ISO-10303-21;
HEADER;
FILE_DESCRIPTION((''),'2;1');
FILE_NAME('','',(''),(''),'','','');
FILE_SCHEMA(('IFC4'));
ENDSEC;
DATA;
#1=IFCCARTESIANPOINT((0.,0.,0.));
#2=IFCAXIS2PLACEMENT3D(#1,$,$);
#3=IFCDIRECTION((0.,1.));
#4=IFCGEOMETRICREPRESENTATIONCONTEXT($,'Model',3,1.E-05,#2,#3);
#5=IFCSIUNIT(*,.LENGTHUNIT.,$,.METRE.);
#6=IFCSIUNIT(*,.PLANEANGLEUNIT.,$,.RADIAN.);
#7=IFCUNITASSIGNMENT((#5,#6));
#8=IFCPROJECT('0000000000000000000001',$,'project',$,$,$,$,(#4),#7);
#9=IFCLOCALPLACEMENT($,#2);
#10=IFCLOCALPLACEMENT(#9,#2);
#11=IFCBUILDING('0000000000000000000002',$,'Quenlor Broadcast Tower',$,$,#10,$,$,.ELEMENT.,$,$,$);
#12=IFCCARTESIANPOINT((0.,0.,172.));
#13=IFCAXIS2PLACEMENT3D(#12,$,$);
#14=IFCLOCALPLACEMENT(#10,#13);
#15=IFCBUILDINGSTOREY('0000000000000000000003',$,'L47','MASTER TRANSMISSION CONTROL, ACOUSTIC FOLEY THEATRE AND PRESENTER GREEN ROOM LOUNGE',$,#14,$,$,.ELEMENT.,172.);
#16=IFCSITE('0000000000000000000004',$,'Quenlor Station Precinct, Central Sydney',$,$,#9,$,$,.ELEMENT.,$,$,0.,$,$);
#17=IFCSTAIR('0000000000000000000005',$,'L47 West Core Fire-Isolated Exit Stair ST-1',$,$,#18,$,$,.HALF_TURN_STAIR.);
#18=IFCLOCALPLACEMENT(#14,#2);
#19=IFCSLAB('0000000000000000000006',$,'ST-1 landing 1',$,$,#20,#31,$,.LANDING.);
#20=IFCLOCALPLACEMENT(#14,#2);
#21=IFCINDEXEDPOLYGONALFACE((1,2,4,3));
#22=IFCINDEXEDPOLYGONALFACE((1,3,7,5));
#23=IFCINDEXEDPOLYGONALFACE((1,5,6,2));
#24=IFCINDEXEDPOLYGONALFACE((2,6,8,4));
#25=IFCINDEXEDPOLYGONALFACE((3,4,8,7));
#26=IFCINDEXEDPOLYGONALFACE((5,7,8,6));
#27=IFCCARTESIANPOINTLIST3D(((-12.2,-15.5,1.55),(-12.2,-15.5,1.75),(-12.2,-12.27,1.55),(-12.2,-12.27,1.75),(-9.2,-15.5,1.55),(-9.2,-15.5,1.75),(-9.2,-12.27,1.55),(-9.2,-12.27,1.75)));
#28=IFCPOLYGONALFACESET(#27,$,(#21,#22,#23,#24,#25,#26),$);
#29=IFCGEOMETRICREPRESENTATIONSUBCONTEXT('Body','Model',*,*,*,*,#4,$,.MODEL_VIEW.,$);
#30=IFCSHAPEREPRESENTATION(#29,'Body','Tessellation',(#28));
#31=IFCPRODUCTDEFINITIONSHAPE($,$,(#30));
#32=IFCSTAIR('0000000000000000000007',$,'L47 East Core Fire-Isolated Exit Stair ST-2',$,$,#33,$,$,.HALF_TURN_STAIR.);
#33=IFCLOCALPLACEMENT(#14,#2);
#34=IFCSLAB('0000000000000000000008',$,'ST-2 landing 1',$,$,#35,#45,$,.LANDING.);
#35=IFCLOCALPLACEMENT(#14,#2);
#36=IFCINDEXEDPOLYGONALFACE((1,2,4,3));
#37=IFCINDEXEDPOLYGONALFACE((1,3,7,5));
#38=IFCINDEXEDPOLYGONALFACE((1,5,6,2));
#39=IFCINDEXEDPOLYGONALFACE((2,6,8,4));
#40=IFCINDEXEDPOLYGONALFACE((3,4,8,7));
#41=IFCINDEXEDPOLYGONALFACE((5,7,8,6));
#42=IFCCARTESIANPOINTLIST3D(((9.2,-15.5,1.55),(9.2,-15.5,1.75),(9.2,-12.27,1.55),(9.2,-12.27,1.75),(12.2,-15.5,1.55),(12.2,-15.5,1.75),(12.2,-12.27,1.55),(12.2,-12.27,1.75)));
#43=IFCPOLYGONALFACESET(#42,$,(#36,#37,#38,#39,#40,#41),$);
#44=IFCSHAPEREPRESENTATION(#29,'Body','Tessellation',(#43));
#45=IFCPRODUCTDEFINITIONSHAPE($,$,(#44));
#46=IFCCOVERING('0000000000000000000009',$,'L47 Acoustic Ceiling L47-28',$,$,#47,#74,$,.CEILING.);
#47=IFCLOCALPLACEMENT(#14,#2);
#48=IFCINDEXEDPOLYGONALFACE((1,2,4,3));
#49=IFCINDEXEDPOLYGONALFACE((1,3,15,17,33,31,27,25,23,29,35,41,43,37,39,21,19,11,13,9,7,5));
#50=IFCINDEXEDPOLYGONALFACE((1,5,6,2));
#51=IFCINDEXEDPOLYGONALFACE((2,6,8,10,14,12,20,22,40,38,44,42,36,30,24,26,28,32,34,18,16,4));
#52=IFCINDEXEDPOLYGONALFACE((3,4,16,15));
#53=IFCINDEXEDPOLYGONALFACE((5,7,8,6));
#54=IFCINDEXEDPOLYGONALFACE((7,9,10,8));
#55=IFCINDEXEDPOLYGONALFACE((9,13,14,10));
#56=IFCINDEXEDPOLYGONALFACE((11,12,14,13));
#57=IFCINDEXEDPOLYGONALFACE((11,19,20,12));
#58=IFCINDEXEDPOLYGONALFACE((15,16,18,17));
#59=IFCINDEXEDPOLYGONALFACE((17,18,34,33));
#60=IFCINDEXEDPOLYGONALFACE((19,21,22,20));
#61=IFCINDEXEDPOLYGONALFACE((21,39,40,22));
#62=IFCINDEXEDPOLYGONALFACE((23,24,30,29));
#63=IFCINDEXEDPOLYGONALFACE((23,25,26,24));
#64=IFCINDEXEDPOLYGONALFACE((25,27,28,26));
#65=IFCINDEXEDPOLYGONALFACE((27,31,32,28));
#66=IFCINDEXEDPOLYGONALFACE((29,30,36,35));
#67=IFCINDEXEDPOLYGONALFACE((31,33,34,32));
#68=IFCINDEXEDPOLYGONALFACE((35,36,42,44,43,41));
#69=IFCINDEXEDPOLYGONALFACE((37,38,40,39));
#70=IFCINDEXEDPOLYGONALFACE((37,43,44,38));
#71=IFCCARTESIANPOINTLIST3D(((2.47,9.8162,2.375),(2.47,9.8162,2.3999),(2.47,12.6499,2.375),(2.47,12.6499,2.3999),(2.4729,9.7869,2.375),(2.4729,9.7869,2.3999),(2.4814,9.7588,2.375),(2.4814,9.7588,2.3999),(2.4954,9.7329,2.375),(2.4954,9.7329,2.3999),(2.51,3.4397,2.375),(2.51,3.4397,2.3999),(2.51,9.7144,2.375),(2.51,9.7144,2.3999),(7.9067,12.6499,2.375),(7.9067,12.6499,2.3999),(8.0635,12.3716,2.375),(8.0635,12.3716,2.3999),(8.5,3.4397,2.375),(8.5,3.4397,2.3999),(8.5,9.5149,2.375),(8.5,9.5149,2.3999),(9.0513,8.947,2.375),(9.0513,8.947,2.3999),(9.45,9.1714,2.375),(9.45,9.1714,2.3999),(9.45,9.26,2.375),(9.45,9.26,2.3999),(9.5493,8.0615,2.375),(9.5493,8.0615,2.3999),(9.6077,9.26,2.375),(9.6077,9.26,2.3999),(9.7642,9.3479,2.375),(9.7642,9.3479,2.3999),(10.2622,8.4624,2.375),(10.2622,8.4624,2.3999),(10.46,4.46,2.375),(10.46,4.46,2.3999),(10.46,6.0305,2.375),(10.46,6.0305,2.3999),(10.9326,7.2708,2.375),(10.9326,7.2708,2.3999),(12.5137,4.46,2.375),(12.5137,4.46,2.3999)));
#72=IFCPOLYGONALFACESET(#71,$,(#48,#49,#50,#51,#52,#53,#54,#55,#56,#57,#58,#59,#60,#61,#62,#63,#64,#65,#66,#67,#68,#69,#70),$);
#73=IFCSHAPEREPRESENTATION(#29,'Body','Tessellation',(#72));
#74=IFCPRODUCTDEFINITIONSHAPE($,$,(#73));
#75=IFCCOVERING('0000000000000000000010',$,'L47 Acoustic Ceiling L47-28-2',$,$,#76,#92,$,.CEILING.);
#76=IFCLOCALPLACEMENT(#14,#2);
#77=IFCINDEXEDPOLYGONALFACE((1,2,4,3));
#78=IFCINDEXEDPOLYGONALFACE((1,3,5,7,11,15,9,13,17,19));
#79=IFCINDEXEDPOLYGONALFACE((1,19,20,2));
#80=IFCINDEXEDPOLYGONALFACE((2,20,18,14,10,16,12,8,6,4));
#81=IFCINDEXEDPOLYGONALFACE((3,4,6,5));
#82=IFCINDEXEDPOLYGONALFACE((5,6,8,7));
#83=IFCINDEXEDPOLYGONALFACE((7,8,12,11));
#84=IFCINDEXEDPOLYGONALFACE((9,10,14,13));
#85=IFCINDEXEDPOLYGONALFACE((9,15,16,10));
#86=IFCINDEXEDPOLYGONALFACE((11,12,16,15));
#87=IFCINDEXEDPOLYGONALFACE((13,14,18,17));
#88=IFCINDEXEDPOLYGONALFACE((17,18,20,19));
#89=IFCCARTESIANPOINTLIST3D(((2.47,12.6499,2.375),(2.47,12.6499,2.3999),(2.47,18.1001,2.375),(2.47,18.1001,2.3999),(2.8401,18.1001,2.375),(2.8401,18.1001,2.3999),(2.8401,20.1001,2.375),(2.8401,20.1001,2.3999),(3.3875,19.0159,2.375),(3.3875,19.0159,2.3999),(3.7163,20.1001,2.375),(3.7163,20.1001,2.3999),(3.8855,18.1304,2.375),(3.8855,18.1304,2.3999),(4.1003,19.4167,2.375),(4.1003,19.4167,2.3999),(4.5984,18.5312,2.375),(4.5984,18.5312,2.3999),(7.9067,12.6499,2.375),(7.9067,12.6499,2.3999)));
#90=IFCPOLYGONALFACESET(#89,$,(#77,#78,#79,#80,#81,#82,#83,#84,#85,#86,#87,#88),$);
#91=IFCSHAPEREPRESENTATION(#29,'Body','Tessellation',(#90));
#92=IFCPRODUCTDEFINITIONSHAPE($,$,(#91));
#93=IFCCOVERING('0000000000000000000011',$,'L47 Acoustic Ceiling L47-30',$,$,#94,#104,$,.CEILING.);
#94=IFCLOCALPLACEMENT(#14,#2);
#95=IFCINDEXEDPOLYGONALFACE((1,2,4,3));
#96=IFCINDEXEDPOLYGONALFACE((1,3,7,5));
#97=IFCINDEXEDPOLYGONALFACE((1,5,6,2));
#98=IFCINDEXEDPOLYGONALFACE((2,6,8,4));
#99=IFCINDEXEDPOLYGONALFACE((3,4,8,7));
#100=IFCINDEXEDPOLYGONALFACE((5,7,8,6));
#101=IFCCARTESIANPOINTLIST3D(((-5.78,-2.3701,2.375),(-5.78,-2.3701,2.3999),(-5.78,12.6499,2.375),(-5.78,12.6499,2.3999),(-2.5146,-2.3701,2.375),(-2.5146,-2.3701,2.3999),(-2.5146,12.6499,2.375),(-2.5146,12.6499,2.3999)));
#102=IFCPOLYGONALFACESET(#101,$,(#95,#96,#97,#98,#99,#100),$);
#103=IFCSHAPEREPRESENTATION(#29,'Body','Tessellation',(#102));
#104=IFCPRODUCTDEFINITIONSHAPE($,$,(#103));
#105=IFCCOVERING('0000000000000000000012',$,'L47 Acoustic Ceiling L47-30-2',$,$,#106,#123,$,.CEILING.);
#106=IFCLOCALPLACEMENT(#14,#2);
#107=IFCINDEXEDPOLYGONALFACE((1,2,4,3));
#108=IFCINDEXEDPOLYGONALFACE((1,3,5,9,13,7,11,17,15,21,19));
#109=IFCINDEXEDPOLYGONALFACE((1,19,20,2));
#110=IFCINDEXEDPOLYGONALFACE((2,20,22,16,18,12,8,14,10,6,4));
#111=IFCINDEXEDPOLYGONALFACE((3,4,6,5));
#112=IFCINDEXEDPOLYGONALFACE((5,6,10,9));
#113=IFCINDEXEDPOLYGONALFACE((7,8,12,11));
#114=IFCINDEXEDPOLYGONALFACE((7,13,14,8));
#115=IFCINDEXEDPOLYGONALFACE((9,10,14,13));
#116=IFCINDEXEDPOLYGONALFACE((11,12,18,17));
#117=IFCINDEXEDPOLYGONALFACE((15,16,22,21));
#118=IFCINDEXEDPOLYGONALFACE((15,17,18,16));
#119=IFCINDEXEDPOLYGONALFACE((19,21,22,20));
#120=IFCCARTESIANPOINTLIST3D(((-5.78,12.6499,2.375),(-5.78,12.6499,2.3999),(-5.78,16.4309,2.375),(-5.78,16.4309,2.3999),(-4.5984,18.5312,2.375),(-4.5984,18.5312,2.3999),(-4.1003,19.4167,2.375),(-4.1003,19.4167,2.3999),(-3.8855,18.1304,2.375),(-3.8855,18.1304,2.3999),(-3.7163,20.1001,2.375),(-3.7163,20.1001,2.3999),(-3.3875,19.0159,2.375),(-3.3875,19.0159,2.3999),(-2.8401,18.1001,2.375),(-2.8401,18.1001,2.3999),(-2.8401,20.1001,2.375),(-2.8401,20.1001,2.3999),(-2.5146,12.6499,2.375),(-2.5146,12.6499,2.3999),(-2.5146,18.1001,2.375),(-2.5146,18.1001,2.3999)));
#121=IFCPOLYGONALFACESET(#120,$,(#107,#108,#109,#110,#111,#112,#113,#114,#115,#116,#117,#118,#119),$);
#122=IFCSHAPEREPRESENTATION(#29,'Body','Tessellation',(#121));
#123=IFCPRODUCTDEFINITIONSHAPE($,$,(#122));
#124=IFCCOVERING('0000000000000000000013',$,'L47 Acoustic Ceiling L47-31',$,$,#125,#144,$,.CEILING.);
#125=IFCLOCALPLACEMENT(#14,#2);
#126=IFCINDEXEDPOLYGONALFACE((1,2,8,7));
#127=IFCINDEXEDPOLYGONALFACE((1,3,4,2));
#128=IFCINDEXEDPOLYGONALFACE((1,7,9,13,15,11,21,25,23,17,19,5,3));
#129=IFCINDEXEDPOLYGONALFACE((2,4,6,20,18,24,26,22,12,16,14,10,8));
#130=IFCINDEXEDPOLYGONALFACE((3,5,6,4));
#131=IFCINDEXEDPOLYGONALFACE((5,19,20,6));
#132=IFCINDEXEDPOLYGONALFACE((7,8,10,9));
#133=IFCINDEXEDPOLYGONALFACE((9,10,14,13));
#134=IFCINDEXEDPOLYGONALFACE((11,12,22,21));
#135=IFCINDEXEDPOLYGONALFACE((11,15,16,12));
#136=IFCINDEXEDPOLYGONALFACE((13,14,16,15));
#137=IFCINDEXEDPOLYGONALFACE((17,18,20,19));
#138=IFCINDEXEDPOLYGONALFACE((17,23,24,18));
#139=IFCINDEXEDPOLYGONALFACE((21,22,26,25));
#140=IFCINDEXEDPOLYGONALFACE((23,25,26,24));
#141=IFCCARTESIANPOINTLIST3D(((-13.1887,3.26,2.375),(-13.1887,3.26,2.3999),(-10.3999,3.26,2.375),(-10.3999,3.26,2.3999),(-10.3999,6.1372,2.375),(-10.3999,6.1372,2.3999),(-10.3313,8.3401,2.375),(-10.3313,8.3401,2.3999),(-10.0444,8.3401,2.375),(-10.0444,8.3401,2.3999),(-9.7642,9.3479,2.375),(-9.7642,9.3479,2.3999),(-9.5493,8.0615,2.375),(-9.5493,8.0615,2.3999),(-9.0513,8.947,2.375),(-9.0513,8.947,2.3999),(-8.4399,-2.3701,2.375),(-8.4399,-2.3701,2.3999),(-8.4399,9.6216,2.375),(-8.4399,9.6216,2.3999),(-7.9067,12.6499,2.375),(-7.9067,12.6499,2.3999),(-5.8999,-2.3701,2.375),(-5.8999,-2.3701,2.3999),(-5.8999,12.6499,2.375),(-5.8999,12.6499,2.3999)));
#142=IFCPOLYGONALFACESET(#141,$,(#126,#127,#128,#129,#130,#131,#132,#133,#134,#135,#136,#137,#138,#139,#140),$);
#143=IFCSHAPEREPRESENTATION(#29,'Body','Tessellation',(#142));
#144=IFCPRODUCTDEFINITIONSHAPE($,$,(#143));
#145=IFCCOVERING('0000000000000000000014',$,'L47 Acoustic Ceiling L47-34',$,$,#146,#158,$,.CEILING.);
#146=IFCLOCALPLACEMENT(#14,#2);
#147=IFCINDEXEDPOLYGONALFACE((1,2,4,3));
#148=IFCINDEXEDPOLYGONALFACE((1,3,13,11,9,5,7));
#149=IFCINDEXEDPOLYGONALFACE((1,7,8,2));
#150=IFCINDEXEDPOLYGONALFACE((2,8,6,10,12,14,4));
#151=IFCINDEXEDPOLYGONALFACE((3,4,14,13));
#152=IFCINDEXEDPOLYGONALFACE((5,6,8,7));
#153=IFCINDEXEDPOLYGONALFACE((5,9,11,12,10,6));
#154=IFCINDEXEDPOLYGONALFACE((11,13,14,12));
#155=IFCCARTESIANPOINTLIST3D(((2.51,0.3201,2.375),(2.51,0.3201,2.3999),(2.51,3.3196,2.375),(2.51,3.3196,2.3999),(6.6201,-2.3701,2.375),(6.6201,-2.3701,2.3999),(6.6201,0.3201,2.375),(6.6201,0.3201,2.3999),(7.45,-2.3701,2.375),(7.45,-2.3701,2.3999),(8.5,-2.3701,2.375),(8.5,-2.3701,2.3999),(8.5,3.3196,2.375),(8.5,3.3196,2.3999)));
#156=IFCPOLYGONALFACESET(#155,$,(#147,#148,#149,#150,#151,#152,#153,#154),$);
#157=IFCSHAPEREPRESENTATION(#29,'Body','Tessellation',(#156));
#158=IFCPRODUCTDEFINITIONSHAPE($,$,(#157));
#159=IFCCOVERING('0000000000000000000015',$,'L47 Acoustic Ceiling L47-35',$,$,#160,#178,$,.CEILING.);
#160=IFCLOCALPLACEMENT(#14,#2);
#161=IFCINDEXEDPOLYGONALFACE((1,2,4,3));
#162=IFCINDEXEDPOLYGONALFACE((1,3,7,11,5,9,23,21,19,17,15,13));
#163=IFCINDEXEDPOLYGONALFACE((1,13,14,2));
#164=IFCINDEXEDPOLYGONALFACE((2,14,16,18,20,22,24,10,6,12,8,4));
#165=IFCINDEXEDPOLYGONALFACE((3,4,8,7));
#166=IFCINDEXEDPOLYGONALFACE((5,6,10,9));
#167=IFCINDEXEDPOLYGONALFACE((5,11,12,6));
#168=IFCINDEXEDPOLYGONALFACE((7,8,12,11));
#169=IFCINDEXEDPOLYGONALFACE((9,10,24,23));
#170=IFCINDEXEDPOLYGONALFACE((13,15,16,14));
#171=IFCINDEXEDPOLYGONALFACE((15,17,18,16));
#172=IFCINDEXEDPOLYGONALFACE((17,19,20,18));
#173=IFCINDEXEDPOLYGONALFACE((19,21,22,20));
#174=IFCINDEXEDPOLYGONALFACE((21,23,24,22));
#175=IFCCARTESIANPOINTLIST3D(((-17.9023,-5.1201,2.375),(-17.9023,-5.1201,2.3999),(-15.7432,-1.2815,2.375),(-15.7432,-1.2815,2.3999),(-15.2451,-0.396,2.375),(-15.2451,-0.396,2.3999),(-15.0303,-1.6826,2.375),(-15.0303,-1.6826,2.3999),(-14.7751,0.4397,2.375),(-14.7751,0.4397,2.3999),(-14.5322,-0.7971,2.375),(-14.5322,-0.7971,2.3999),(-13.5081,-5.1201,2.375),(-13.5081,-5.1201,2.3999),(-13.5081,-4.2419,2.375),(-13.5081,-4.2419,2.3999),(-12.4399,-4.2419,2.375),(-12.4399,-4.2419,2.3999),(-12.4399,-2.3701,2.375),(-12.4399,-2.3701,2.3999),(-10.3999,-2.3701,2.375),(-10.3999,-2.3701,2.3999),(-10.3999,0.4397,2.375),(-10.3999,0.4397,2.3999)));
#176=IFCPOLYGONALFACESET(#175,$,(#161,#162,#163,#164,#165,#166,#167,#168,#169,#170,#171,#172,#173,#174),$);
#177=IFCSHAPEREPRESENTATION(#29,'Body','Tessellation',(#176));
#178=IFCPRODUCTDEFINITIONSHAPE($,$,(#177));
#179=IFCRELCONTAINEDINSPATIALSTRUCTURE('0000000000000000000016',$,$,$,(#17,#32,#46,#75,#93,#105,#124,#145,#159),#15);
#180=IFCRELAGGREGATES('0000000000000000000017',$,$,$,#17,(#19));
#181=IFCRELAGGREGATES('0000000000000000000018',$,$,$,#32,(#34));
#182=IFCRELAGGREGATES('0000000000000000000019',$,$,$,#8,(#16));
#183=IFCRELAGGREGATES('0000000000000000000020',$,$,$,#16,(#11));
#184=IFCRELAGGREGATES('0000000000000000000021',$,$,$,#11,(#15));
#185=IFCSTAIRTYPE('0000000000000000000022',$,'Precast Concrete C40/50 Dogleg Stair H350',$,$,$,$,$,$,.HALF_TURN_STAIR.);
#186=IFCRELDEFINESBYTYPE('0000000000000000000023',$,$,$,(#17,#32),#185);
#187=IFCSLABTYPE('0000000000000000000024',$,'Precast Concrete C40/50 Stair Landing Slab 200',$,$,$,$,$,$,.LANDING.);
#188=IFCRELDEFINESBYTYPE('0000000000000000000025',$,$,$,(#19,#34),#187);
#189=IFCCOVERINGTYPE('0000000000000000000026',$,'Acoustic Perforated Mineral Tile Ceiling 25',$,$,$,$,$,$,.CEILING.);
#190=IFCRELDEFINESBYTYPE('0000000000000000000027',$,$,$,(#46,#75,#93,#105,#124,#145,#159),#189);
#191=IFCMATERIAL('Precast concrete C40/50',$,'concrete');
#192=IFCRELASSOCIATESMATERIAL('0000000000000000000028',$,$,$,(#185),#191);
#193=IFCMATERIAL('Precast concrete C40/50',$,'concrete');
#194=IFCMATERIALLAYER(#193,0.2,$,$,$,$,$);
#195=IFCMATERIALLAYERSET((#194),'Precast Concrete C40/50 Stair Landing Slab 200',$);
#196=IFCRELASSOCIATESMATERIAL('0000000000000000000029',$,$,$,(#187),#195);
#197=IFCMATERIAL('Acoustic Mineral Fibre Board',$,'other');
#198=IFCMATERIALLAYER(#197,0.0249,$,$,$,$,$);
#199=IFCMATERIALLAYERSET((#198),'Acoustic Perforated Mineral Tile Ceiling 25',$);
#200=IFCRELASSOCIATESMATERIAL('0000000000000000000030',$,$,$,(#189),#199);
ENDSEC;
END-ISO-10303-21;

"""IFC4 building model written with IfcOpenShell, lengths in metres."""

from ifc_helpers import new_model, si_unit, direction, frame, origin, place, context, subcontext, project, spatial, polyline, outline, extrude, material, layer, layer_set, type_object, element, aggregate, save


model = new_model("IFC4")

# Units and contexts
model_context = context("Model", 3, precision=1e-05, world=origin(), true_north=direction((0.0, 1.0)))
body_context = subcontext(model_context, "Body", "Model", "MODEL_VIEW")
ifc_project = project(units=[si_unit("LENGTHUNIT", "METRE"), si_unit("PLANEANGLEUNIT", "RADIAN")], contexts=[model_context])

# Site, building, storey
site_placement = place(None, origin())
site = spatial("IfcSite", under=ifc_project, at=site_placement, Name="Quenlor Station Precinct, Central Sydney", CompositionType="ELEMENT", RefElevation=0.0)
building_placement = place(site_placement, origin())
building = spatial("IfcBuilding", under=site, at=building_placement, Name="Quenlor Broadcast Tower", CompositionType="ELEMENT")
storey_placement = place(building_placement, frame((0.0, 0.0, 172.0)))
storey = spatial("IfcBuildingStorey", under=building, at=storey_placement, Name="L47", Description="MASTER TRANSMISSION CONTROL, ACOUSTIC FOLEY THEATRE AND PRESENTER GREEN ROOM LOUNGE", CompositionType="ELEMENT", Elevation=172.0)

# Stairs, slabs
ifc_material_1 = material(Name="Precast concrete C40/50", Category="concrete")
stair_type = type_object("IfcStairType", Name="Precast Concrete C40/50 Dogleg Stair H350", PredefinedType="HALF_TURN_STAIR", material=ifc_material_1)
stair_1_placement = place(storey_placement, origin())
stair_1 = element("IfcStair", 1, at=stair_1_placement, inside=storey, type_object=stair_type, Name="L47 West Core Fire-Isolated Exit Stair ST-1", PredefinedType="HALF_TURN_STAIR")
ifc_material_2 = material(Name="Precast concrete C40/50", Category="concrete")
ifc_layer_1 = layer(ifc_material_2, 0.2)
ifc_layer_set_1 = layer_set([ifc_layer_1], Name="Precast Concrete C40/50 Stair Landing Slab 200")
slab_type = type_object("IfcSlabType", Name="Precast Concrete C40/50 Stair Landing Slab 200", PredefinedType="LANDING", material=ifc_layer_set_1)
slab_1_placement = place(storey_placement, frame((0.0, 0.0, 1.55)))
slab_1 = element("IfcSlab", 2, at=slab_1_placement, type_object=slab_type, Name="ST-1 landing 1", PredefinedType="LANDING", context=body_context, shape_type="SweptSolid", body=[
    extrude(outline(polyline([(-12.2, -12.27), (-12.2, -15.5), (-9.2, -15.5), (-9.2, -12.27), (-12.2, -12.27)])), origin(), (0.0, 0.0, 1.0), 0.2),
])
aggregate(stair_1, [slab_1])
stair_2_placement = place(storey_placement, origin())
stair_2 = element("IfcStair", 3, at=stair_2_placement, inside=storey, type_object=stair_type, Name="L47 East Core Fire-Isolated Exit Stair ST-2", PredefinedType="HALF_TURN_STAIR")
slab_2_placement = place(storey_placement, frame((0.0, 0.0, 1.55)))
slab_2 = element("IfcSlab", 4, at=slab_2_placement, type_object=slab_type, Name="ST-2 landing 1", PredefinedType="LANDING", context=body_context, shape_type="SweptSolid", body=[
    extrude(outline(polyline([(9.2, -12.27), (9.2, -15.5), (12.2, -15.5), (12.2, -12.27), (9.2, -12.27)])), origin(), (0.0, 0.0, 1.0), 0.2),
])
aggregate(stair_2, [slab_2])

# Coverings
ifc_material_3 = material(Name="Acoustic Mineral Fibre Board", Category="other")
ifc_layer_2 = layer(ifc_material_3, 0.0249)
ifc_layer_set_2 = layer_set([ifc_layer_2], Name="Acoustic Perforated Mineral Tile Ceiling 25")
covering_type_1 = type_object("IfcCoveringType", Name="Acoustic Perforated Mineral Tile Ceiling 25", PredefinedType="CEILING", material=ifc_layer_set_2)
covering_1_placement = place(storey_placement, frame((0.0, 0.0, 2.375)))
element("IfcCovering", 5, at=covering_1_placement, inside=storey, type_object=covering_type_1, Name="L47 Acoustic Ceiling L47-28", PredefinedType="CEILING", context=body_context, shape_type="SweptSolid", body=[
    extrude(outline(polyline([(10.46, 4.46), (10.46, 6.0305), (8.5, 9.5149), (8.5, 3.4397), (2.51, 3.4397), (2.51, 9.7144), (2.4954, 9.7329), (2.4814, 9.7588), (2.4729, 9.7869), (2.47, 9.8162), (2.47, 12.6499), (7.9067, 12.6499), (8.0635, 12.3716), (9.7642, 9.3479), (9.6077, 9.26), (9.45, 9.26), (9.45, 9.1714), (9.0513, 8.947), (9.5493, 8.0615), (10.2622, 8.4624), (10.9326, 7.2708), (12.5137, 4.46), (10.46, 4.46)])), origin(), (0.0, 0.0, 1.0), 0.0249),
])
covering_2_placement = place(storey_placement, frame((0.0, 0.0, 2.375)))
element("IfcCovering", 6, at=covering_2_placement, inside=storey, type_object=covering_type_1, Name="L47 Acoustic Ceiling L47-28-2", PredefinedType="CEILING", context=body_context, shape_type="SweptSolid", body=[
    extrude(outline(polyline([(2.47, 18.1001), (2.8401, 18.1001), (2.8401, 20.1001), (3.7163, 20.1001), (4.1003, 19.4167), (3.3875, 19.0159), (3.8855, 18.1304), (4.5984, 18.5312), (7.9067, 12.6499), (2.47, 12.6499), (2.47, 18.1001)])), origin(), (0.0, 0.0, 1.0), 0.0249),
])
covering_3_placement = place(storey_placement, frame((0.0, 0.0, 2.375)))
element("IfcCovering", 7, at=covering_3_placement, inside=storey, type_object=covering_type_1, Name="L47 Acoustic Ceiling L47-30", PredefinedType="CEILING", context=body_context, shape_type="SweptSolid", body=[
    extrude(outline(polyline([(-2.5146, -2.3701), (-5.78, -2.3701), (-5.78, 12.6499), (-2.5146, 12.6499), (-2.5146, -2.3701)])), origin(), (0.0, 0.0, 1.0), 0.0249),
])
covering_4_placement = place(storey_placement, frame((0.0, 0.0, 2.375)))
element("IfcCovering", 8, at=covering_4_placement, inside=storey, type_object=covering_type_1, Name="L47 Acoustic Ceiling L47-30-2", PredefinedType="CEILING", context=body_context, shape_type="SweptSolid", body=[
    extrude(outline(polyline([(-2.5146, 12.6499), (-5.78, 12.6499), (-5.78, 16.4309), (-4.5984, 18.5312), (-3.8855, 18.1304), (-3.3875, 19.0159), (-4.1003, 19.4167), (-3.7163, 20.1001), (-2.8401, 20.1001), (-2.8401, 18.1001), (-2.5146, 18.1001), (-2.5146, 12.6499)])), origin(), (0.0, 0.0, 1.0), 0.0249),
])
covering_5_placement = place(storey_placement, frame((0.0, 0.0, 2.375)))
element("IfcCovering", 9, at=covering_5_placement, inside=storey, type_object=covering_type_1, Name="L47 Acoustic Ceiling L47-31", PredefinedType="CEILING", context=body_context, shape_type="SweptSolid", body=[
    extrude(outline(polyline([(-9.0513, 8.947), (-9.7642, 9.3479), (-7.9067, 12.6499), (-5.8999, 12.6499), (-5.8999, -2.3701), (-8.4399, -2.3701), (-8.4399, 9.6216), (-10.3999, 6.1372), (-10.3999, 3.26), (-13.1887, 3.26), (-10.3313, 8.3401), (-10.0444, 8.3401), (-9.5493, 8.0615), (-9.0513, 8.947)])), origin(), (0.0, 0.0, 1.0), 0.0249),
])
covering_6_placement = place(storey_placement, frame((0.0, 0.0, 2.375)))
element("IfcCovering", 10, at=covering_6_placement, inside=storey, type_object=covering_type_1, Name="L47 Acoustic Ceiling L47-34", PredefinedType="CEILING", context=body_context, shape_type="SweptSolid", body=[
    extrude(outline(polyline([(6.6201, 0.3201), (2.51, 0.3201), (2.51, 3.3196), (8.5, 3.3196), (8.5, -2.3701), (7.45, -2.3701), (6.6201, -2.3701), (6.6201, 0.3201)])), origin(), (0.0, 0.0, 1.0), 0.0249),
])
covering_7_placement = place(storey_placement, frame((0.0, 0.0, 2.375)))
element("IfcCovering", 11, at=covering_7_placement, inside=storey, type_object=covering_type_1, Name="L47 Acoustic Ceiling L47-35", PredefinedType="CEILING", context=body_context, shape_type="SweptSolid", body=[
    extrude(outline(polyline([(-15.7432, -1.2815), (-15.0303, -1.6826), (-14.5322, -0.7971), (-15.2451, -0.396), (-14.7751, 0.4397), (-10.3999, 0.4397), (-10.3999, -2.3701), (-12.4399, -2.3701), (-12.4399, -4.2419), (-13.5081, -4.2419), (-13.5081, -5.1201), (-17.9023, -5.1201), (-15.7432, -1.2815)])), origin(), (0.0, 0.0, 1.0), 0.0249),
])

save(model, "model.ifc")
